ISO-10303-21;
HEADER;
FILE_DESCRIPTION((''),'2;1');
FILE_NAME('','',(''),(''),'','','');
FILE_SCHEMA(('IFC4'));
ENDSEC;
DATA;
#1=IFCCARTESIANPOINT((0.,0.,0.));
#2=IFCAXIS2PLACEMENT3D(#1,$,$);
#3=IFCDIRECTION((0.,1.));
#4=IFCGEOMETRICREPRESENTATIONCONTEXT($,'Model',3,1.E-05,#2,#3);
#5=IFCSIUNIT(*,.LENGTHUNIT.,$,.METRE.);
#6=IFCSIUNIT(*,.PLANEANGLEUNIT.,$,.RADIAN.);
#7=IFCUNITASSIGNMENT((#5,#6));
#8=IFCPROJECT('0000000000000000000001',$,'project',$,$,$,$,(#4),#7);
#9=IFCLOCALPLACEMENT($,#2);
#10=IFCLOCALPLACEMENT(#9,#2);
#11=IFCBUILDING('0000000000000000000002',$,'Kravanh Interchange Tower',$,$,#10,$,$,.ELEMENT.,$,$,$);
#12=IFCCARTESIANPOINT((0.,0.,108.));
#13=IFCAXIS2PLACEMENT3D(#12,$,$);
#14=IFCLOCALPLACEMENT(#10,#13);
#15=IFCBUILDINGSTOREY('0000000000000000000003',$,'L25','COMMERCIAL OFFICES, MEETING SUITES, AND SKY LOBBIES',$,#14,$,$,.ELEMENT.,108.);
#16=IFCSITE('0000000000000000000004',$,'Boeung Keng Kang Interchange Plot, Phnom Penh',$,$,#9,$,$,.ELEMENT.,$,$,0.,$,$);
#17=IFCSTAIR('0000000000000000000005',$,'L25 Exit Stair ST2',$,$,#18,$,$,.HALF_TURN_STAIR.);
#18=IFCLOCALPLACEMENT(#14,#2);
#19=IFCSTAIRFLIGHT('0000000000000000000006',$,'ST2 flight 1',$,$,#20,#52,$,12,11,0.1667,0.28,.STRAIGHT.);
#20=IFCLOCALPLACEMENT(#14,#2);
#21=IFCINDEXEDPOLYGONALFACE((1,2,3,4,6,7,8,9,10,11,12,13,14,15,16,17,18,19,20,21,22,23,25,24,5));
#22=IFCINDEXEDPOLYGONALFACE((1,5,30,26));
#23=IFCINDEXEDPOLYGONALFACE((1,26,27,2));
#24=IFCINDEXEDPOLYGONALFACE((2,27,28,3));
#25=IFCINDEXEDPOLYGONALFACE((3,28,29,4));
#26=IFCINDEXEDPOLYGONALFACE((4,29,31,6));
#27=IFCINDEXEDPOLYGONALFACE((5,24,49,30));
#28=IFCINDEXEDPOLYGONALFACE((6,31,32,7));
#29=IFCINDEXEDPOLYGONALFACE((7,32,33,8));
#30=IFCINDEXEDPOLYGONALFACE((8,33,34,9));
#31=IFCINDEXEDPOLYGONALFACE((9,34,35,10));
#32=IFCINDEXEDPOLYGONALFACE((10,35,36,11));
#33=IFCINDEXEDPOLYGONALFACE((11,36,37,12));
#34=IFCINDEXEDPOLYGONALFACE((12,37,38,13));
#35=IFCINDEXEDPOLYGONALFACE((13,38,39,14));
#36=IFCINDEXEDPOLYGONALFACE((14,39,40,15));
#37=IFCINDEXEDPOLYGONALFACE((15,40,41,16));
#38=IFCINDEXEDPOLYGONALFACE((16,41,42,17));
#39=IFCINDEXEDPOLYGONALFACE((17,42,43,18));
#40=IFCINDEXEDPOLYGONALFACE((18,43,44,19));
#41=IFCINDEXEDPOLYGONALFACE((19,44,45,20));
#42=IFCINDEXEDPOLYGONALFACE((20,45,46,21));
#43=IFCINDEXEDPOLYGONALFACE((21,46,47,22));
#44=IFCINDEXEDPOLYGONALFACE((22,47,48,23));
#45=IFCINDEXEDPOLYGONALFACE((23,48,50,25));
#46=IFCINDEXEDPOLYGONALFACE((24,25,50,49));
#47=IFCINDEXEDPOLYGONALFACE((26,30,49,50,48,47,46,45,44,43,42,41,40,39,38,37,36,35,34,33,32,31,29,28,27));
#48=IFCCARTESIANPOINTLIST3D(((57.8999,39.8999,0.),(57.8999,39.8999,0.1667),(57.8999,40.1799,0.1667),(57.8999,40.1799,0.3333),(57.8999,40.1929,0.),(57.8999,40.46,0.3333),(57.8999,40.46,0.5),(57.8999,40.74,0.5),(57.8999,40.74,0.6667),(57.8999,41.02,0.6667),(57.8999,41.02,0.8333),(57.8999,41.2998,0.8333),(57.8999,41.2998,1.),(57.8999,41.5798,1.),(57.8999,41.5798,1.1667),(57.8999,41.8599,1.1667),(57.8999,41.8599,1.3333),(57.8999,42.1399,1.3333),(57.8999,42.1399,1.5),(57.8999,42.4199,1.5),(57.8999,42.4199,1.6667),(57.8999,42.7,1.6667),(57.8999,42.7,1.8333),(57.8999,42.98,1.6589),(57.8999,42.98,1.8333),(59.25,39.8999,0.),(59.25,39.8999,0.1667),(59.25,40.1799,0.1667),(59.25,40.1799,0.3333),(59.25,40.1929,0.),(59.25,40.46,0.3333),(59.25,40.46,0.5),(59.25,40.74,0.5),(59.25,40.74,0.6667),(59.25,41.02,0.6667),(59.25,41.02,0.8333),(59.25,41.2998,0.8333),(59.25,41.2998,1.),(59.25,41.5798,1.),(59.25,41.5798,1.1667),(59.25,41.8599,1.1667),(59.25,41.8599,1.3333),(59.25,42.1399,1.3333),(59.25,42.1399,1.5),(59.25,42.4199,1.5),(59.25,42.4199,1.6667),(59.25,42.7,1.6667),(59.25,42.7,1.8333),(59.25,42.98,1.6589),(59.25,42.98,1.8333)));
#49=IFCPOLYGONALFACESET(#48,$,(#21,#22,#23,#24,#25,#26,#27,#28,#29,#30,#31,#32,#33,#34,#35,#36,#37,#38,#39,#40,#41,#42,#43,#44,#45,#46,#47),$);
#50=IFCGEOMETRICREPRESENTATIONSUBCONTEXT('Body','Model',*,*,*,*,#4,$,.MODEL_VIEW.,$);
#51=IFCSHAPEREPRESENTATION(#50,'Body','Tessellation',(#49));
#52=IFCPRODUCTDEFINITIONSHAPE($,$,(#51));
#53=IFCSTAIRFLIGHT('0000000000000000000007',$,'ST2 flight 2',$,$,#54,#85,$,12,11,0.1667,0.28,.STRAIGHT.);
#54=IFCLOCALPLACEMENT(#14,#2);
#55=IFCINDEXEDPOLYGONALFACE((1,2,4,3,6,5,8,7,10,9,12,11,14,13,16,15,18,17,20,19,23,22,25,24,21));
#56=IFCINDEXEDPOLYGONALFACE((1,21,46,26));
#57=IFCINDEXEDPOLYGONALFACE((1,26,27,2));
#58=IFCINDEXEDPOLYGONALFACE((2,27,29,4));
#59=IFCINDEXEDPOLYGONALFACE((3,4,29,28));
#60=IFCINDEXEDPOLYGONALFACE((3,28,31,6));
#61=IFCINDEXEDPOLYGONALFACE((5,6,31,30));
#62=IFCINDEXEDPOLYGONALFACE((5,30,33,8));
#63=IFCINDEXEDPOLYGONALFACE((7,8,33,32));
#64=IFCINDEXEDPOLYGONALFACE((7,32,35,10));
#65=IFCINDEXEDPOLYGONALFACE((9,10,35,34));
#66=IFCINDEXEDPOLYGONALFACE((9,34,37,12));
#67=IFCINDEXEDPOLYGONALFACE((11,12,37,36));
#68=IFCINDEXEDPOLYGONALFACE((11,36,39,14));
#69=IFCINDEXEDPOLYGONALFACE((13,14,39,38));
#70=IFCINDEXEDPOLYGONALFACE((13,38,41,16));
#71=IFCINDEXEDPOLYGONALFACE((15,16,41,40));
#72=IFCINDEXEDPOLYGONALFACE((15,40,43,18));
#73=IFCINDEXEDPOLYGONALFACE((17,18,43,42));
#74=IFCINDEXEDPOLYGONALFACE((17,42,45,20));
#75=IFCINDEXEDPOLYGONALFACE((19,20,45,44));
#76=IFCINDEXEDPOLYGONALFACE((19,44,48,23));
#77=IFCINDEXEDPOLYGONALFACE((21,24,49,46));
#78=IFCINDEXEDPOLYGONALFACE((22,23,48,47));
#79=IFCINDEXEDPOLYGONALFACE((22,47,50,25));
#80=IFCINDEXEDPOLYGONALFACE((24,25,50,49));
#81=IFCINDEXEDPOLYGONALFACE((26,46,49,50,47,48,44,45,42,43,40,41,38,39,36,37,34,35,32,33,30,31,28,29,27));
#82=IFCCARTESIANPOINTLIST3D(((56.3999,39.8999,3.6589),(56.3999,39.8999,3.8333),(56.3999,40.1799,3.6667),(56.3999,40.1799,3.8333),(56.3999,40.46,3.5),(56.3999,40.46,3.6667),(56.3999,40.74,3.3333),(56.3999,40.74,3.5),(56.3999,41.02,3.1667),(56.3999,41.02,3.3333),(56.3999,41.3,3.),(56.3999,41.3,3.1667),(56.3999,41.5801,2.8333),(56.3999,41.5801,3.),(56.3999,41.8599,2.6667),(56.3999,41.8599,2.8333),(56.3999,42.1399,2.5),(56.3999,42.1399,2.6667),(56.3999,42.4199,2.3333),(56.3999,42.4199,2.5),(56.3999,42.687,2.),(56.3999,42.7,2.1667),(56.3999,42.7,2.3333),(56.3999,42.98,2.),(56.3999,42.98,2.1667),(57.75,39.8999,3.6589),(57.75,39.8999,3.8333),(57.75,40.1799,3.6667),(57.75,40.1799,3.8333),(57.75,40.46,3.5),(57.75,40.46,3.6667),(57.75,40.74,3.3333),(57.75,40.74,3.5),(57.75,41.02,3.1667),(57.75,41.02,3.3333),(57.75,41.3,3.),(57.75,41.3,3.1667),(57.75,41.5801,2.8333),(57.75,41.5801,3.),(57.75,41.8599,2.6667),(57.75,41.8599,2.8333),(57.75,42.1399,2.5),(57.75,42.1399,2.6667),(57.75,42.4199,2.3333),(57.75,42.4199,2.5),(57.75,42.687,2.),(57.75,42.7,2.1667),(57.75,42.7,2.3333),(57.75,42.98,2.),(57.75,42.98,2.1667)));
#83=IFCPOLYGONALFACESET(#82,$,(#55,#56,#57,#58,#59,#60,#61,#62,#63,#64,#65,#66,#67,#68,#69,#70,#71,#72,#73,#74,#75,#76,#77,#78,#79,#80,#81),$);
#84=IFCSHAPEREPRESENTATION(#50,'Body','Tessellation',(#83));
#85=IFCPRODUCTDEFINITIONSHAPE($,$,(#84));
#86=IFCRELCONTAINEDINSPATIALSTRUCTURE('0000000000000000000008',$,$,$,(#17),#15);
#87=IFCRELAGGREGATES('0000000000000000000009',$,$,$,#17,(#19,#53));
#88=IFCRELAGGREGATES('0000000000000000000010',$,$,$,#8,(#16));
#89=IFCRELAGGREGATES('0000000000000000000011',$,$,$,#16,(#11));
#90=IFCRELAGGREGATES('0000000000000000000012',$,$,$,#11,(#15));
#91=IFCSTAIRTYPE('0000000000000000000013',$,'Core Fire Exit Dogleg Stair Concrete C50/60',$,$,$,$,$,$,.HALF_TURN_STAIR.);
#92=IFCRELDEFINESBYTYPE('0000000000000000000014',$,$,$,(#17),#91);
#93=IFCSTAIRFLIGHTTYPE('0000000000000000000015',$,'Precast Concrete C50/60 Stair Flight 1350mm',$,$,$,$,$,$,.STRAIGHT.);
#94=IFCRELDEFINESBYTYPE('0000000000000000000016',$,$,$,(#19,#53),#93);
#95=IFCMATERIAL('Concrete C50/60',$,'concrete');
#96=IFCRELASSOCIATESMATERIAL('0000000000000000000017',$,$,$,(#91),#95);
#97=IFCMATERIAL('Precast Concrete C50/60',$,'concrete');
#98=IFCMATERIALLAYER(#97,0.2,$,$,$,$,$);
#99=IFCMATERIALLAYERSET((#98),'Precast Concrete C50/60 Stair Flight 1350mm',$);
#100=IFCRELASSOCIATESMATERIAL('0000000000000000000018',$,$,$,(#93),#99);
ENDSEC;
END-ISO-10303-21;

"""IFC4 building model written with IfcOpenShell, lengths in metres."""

from ifc_helpers import new_model, si_unit, direction, frame, origin, place, context, subcontext, project, spatial, polyline, outline, extrude, material, layer, layer_set, type_object, element, aggregate, save


model = new_model("IFC4")

# Units and contexts
model_context = context("Model", 3, precision=1e-05, world=origin(), true_north=direction((0.0, 1.0)))
body_context = subcontext(model_context, "Body", "Model", "MODEL_VIEW")
ifc_project = project(units=[si_unit("LENGTHUNIT", "METRE"), si_unit("PLANEANGLEUNIT", "RADIAN")], contexts=[model_context])

# Site, building, storey
site_placement = place(None, origin())
site = spatial("IfcSite", under=ifc_project, at=site_placement, Name="Boeung Keng Kang Interchange Plot, Phnom Penh", CompositionType="ELEMENT", RefElevation=0.0)
building_placement = place(site_placement, origin())
building = spatial("IfcBuilding", under=site, at=building_placement, Name="Kravanh Interchange Tower", CompositionType="ELEMENT")
storey_placement = place(building_placement, frame((0.0, 0.0, 108.0)))
storey = spatial("IfcBuildingStorey", under=building, at=storey_placement, Name="L25", Description="COMMERCIAL OFFICES, MEETING SUITES, AND SKY LOBBIES", CompositionType="ELEMENT", Elevation=108.0)

# Stair, stair flights
ifc_material_1 = material(Name="Concrete C50/60", Category="concrete")
stair_type = type_object("IfcStairType", Name="Core Fire Exit Dogleg Stair Concrete C50/60", PredefinedType="HALF_TURN_STAIR", material=ifc_material_1)
ifc_material_2 = material(Name="Precast Concrete C50/60", Category="concrete")
ifc_layer_1 = layer(ifc_material_2, 0.2)
ifc_layer_set_1 = layer_set([ifc_layer_1], Name="Precast Concrete C50/60 Stair Flight 1350mm")
stair_flight_type = type_object("IfcStairFlightType", Name="Precast Concrete C50/60 Stair Flight 1350mm", PredefinedType="STRAIGHT", material=ifc_layer_set_1)
stair_1_placement = place(storey_placement, origin())
stair_1 = element("IfcStair", 1, at=stair_1_placement, inside=storey, type_object=stair_type, Name="L25 Exit Stair ST2", PredefinedType="HALF_TURN_STAIR")
stair_flight_1_placement = place(storey_placement, frame((58.575, 39.8999, 0.0), z_axis=(0.0, 0.0, 1.0), x_axis=(0.0, 1.0, 0.0)))
stair_flight_1 = element("IfcStairFlight", 2, at=stair_flight_1_placement, type_object=stair_flight_type, Name="ST2 flight 1", NumberOfRisers=12, NumberOfTreads=11, PredefinedType="STRAIGHT", RiserHeight=0.1667, TreadLength=0.28, context=body_context, shape_type="SweptSolid", body=[
    extrude(outline(polyline([(0.0, 0.0), (0.0, 0.1667), (0.28, 0.1667), (0.28, 0.3333), (0.5601, 0.3333), (0.5601, 0.5), (0.8401, 0.5), (0.8401, 0.6667), (1.1201, 0.6667), (1.1201, 0.8333), (1.3999, 0.8333), (1.3999, 1.0), (1.6799, 1.0), (1.6799, 1.1667), (1.96, 1.1667), (1.96, 1.3333), (2.24, 1.3333), (2.24, 1.5), (2.52, 1.5), (2.52, 1.6667), (2.8, 1.6667), (2.8, 1.8333), (3.0801, 1.8333), (3.0801, 2.0), (3.0801, 1.6589), (0.293, 0.0), (0.0, 0.0)])), frame((0.0, 0.675, 0.0), z_axis=(0.0, -1.0, 0.0), x_axis=(1.0, 0.0, 0.0)), (0.0, 0.0, 1.0), 1.3501),
])
stair_flight_2_placement = place(storey_placement, frame((57.075, 42.98, 2.0), z_axis=(0.0, 0.0, 1.0), x_axis=(0.0, -1.0, 0.0)))
stair_flight_2 = element("IfcStairFlight", 3, at=stair_flight_2_placement, type_object=stair_flight_type, Name="ST2 flight 2", NumberOfRisers=12, NumberOfTreads=11, PredefinedType="STRAIGHT", RiserHeight=0.1667, TreadLength=0.28, context=body_context, shape_type="SweptSolid", body=[
    extrude(outline(polyline([(0.0, 0.0), (0.0, 0.1667), (0.28, 0.1667), (0.28, 0.3333), (0.5601, 0.3333), (0.5601, 0.5), (0.8401, 0.5), (0.8401, 0.6667), (1.1201, 0.6667), (1.1201, 0.8333), (1.3999, 0.8333), (1.3999, 1.0), (1.6799, 1.0), (1.6799, 1.1667), (1.96, 1.1667), (1.96, 1.3333), (2.24, 1.3333), (2.24, 1.5), (2.52, 1.5), (2.52, 1.6667), (2.8, 1.6667), (2.8, 1.8333), (3.0801, 1.8333), (3.0801, 2.0), (3.0801, 1.6589), (0.293, 0.0), (0.0, 0.0)])), frame((0.0, 0.675, 0.0), z_axis=(0.0, -1.0, 0.0), x_axis=(1.0, 0.0, 0.0)), (0.0, 0.0, 1.0), 1.3501),
])
aggregate(stair_1, [stair_flight_1, stair_flight_2])

save(model, "model.ifc")
